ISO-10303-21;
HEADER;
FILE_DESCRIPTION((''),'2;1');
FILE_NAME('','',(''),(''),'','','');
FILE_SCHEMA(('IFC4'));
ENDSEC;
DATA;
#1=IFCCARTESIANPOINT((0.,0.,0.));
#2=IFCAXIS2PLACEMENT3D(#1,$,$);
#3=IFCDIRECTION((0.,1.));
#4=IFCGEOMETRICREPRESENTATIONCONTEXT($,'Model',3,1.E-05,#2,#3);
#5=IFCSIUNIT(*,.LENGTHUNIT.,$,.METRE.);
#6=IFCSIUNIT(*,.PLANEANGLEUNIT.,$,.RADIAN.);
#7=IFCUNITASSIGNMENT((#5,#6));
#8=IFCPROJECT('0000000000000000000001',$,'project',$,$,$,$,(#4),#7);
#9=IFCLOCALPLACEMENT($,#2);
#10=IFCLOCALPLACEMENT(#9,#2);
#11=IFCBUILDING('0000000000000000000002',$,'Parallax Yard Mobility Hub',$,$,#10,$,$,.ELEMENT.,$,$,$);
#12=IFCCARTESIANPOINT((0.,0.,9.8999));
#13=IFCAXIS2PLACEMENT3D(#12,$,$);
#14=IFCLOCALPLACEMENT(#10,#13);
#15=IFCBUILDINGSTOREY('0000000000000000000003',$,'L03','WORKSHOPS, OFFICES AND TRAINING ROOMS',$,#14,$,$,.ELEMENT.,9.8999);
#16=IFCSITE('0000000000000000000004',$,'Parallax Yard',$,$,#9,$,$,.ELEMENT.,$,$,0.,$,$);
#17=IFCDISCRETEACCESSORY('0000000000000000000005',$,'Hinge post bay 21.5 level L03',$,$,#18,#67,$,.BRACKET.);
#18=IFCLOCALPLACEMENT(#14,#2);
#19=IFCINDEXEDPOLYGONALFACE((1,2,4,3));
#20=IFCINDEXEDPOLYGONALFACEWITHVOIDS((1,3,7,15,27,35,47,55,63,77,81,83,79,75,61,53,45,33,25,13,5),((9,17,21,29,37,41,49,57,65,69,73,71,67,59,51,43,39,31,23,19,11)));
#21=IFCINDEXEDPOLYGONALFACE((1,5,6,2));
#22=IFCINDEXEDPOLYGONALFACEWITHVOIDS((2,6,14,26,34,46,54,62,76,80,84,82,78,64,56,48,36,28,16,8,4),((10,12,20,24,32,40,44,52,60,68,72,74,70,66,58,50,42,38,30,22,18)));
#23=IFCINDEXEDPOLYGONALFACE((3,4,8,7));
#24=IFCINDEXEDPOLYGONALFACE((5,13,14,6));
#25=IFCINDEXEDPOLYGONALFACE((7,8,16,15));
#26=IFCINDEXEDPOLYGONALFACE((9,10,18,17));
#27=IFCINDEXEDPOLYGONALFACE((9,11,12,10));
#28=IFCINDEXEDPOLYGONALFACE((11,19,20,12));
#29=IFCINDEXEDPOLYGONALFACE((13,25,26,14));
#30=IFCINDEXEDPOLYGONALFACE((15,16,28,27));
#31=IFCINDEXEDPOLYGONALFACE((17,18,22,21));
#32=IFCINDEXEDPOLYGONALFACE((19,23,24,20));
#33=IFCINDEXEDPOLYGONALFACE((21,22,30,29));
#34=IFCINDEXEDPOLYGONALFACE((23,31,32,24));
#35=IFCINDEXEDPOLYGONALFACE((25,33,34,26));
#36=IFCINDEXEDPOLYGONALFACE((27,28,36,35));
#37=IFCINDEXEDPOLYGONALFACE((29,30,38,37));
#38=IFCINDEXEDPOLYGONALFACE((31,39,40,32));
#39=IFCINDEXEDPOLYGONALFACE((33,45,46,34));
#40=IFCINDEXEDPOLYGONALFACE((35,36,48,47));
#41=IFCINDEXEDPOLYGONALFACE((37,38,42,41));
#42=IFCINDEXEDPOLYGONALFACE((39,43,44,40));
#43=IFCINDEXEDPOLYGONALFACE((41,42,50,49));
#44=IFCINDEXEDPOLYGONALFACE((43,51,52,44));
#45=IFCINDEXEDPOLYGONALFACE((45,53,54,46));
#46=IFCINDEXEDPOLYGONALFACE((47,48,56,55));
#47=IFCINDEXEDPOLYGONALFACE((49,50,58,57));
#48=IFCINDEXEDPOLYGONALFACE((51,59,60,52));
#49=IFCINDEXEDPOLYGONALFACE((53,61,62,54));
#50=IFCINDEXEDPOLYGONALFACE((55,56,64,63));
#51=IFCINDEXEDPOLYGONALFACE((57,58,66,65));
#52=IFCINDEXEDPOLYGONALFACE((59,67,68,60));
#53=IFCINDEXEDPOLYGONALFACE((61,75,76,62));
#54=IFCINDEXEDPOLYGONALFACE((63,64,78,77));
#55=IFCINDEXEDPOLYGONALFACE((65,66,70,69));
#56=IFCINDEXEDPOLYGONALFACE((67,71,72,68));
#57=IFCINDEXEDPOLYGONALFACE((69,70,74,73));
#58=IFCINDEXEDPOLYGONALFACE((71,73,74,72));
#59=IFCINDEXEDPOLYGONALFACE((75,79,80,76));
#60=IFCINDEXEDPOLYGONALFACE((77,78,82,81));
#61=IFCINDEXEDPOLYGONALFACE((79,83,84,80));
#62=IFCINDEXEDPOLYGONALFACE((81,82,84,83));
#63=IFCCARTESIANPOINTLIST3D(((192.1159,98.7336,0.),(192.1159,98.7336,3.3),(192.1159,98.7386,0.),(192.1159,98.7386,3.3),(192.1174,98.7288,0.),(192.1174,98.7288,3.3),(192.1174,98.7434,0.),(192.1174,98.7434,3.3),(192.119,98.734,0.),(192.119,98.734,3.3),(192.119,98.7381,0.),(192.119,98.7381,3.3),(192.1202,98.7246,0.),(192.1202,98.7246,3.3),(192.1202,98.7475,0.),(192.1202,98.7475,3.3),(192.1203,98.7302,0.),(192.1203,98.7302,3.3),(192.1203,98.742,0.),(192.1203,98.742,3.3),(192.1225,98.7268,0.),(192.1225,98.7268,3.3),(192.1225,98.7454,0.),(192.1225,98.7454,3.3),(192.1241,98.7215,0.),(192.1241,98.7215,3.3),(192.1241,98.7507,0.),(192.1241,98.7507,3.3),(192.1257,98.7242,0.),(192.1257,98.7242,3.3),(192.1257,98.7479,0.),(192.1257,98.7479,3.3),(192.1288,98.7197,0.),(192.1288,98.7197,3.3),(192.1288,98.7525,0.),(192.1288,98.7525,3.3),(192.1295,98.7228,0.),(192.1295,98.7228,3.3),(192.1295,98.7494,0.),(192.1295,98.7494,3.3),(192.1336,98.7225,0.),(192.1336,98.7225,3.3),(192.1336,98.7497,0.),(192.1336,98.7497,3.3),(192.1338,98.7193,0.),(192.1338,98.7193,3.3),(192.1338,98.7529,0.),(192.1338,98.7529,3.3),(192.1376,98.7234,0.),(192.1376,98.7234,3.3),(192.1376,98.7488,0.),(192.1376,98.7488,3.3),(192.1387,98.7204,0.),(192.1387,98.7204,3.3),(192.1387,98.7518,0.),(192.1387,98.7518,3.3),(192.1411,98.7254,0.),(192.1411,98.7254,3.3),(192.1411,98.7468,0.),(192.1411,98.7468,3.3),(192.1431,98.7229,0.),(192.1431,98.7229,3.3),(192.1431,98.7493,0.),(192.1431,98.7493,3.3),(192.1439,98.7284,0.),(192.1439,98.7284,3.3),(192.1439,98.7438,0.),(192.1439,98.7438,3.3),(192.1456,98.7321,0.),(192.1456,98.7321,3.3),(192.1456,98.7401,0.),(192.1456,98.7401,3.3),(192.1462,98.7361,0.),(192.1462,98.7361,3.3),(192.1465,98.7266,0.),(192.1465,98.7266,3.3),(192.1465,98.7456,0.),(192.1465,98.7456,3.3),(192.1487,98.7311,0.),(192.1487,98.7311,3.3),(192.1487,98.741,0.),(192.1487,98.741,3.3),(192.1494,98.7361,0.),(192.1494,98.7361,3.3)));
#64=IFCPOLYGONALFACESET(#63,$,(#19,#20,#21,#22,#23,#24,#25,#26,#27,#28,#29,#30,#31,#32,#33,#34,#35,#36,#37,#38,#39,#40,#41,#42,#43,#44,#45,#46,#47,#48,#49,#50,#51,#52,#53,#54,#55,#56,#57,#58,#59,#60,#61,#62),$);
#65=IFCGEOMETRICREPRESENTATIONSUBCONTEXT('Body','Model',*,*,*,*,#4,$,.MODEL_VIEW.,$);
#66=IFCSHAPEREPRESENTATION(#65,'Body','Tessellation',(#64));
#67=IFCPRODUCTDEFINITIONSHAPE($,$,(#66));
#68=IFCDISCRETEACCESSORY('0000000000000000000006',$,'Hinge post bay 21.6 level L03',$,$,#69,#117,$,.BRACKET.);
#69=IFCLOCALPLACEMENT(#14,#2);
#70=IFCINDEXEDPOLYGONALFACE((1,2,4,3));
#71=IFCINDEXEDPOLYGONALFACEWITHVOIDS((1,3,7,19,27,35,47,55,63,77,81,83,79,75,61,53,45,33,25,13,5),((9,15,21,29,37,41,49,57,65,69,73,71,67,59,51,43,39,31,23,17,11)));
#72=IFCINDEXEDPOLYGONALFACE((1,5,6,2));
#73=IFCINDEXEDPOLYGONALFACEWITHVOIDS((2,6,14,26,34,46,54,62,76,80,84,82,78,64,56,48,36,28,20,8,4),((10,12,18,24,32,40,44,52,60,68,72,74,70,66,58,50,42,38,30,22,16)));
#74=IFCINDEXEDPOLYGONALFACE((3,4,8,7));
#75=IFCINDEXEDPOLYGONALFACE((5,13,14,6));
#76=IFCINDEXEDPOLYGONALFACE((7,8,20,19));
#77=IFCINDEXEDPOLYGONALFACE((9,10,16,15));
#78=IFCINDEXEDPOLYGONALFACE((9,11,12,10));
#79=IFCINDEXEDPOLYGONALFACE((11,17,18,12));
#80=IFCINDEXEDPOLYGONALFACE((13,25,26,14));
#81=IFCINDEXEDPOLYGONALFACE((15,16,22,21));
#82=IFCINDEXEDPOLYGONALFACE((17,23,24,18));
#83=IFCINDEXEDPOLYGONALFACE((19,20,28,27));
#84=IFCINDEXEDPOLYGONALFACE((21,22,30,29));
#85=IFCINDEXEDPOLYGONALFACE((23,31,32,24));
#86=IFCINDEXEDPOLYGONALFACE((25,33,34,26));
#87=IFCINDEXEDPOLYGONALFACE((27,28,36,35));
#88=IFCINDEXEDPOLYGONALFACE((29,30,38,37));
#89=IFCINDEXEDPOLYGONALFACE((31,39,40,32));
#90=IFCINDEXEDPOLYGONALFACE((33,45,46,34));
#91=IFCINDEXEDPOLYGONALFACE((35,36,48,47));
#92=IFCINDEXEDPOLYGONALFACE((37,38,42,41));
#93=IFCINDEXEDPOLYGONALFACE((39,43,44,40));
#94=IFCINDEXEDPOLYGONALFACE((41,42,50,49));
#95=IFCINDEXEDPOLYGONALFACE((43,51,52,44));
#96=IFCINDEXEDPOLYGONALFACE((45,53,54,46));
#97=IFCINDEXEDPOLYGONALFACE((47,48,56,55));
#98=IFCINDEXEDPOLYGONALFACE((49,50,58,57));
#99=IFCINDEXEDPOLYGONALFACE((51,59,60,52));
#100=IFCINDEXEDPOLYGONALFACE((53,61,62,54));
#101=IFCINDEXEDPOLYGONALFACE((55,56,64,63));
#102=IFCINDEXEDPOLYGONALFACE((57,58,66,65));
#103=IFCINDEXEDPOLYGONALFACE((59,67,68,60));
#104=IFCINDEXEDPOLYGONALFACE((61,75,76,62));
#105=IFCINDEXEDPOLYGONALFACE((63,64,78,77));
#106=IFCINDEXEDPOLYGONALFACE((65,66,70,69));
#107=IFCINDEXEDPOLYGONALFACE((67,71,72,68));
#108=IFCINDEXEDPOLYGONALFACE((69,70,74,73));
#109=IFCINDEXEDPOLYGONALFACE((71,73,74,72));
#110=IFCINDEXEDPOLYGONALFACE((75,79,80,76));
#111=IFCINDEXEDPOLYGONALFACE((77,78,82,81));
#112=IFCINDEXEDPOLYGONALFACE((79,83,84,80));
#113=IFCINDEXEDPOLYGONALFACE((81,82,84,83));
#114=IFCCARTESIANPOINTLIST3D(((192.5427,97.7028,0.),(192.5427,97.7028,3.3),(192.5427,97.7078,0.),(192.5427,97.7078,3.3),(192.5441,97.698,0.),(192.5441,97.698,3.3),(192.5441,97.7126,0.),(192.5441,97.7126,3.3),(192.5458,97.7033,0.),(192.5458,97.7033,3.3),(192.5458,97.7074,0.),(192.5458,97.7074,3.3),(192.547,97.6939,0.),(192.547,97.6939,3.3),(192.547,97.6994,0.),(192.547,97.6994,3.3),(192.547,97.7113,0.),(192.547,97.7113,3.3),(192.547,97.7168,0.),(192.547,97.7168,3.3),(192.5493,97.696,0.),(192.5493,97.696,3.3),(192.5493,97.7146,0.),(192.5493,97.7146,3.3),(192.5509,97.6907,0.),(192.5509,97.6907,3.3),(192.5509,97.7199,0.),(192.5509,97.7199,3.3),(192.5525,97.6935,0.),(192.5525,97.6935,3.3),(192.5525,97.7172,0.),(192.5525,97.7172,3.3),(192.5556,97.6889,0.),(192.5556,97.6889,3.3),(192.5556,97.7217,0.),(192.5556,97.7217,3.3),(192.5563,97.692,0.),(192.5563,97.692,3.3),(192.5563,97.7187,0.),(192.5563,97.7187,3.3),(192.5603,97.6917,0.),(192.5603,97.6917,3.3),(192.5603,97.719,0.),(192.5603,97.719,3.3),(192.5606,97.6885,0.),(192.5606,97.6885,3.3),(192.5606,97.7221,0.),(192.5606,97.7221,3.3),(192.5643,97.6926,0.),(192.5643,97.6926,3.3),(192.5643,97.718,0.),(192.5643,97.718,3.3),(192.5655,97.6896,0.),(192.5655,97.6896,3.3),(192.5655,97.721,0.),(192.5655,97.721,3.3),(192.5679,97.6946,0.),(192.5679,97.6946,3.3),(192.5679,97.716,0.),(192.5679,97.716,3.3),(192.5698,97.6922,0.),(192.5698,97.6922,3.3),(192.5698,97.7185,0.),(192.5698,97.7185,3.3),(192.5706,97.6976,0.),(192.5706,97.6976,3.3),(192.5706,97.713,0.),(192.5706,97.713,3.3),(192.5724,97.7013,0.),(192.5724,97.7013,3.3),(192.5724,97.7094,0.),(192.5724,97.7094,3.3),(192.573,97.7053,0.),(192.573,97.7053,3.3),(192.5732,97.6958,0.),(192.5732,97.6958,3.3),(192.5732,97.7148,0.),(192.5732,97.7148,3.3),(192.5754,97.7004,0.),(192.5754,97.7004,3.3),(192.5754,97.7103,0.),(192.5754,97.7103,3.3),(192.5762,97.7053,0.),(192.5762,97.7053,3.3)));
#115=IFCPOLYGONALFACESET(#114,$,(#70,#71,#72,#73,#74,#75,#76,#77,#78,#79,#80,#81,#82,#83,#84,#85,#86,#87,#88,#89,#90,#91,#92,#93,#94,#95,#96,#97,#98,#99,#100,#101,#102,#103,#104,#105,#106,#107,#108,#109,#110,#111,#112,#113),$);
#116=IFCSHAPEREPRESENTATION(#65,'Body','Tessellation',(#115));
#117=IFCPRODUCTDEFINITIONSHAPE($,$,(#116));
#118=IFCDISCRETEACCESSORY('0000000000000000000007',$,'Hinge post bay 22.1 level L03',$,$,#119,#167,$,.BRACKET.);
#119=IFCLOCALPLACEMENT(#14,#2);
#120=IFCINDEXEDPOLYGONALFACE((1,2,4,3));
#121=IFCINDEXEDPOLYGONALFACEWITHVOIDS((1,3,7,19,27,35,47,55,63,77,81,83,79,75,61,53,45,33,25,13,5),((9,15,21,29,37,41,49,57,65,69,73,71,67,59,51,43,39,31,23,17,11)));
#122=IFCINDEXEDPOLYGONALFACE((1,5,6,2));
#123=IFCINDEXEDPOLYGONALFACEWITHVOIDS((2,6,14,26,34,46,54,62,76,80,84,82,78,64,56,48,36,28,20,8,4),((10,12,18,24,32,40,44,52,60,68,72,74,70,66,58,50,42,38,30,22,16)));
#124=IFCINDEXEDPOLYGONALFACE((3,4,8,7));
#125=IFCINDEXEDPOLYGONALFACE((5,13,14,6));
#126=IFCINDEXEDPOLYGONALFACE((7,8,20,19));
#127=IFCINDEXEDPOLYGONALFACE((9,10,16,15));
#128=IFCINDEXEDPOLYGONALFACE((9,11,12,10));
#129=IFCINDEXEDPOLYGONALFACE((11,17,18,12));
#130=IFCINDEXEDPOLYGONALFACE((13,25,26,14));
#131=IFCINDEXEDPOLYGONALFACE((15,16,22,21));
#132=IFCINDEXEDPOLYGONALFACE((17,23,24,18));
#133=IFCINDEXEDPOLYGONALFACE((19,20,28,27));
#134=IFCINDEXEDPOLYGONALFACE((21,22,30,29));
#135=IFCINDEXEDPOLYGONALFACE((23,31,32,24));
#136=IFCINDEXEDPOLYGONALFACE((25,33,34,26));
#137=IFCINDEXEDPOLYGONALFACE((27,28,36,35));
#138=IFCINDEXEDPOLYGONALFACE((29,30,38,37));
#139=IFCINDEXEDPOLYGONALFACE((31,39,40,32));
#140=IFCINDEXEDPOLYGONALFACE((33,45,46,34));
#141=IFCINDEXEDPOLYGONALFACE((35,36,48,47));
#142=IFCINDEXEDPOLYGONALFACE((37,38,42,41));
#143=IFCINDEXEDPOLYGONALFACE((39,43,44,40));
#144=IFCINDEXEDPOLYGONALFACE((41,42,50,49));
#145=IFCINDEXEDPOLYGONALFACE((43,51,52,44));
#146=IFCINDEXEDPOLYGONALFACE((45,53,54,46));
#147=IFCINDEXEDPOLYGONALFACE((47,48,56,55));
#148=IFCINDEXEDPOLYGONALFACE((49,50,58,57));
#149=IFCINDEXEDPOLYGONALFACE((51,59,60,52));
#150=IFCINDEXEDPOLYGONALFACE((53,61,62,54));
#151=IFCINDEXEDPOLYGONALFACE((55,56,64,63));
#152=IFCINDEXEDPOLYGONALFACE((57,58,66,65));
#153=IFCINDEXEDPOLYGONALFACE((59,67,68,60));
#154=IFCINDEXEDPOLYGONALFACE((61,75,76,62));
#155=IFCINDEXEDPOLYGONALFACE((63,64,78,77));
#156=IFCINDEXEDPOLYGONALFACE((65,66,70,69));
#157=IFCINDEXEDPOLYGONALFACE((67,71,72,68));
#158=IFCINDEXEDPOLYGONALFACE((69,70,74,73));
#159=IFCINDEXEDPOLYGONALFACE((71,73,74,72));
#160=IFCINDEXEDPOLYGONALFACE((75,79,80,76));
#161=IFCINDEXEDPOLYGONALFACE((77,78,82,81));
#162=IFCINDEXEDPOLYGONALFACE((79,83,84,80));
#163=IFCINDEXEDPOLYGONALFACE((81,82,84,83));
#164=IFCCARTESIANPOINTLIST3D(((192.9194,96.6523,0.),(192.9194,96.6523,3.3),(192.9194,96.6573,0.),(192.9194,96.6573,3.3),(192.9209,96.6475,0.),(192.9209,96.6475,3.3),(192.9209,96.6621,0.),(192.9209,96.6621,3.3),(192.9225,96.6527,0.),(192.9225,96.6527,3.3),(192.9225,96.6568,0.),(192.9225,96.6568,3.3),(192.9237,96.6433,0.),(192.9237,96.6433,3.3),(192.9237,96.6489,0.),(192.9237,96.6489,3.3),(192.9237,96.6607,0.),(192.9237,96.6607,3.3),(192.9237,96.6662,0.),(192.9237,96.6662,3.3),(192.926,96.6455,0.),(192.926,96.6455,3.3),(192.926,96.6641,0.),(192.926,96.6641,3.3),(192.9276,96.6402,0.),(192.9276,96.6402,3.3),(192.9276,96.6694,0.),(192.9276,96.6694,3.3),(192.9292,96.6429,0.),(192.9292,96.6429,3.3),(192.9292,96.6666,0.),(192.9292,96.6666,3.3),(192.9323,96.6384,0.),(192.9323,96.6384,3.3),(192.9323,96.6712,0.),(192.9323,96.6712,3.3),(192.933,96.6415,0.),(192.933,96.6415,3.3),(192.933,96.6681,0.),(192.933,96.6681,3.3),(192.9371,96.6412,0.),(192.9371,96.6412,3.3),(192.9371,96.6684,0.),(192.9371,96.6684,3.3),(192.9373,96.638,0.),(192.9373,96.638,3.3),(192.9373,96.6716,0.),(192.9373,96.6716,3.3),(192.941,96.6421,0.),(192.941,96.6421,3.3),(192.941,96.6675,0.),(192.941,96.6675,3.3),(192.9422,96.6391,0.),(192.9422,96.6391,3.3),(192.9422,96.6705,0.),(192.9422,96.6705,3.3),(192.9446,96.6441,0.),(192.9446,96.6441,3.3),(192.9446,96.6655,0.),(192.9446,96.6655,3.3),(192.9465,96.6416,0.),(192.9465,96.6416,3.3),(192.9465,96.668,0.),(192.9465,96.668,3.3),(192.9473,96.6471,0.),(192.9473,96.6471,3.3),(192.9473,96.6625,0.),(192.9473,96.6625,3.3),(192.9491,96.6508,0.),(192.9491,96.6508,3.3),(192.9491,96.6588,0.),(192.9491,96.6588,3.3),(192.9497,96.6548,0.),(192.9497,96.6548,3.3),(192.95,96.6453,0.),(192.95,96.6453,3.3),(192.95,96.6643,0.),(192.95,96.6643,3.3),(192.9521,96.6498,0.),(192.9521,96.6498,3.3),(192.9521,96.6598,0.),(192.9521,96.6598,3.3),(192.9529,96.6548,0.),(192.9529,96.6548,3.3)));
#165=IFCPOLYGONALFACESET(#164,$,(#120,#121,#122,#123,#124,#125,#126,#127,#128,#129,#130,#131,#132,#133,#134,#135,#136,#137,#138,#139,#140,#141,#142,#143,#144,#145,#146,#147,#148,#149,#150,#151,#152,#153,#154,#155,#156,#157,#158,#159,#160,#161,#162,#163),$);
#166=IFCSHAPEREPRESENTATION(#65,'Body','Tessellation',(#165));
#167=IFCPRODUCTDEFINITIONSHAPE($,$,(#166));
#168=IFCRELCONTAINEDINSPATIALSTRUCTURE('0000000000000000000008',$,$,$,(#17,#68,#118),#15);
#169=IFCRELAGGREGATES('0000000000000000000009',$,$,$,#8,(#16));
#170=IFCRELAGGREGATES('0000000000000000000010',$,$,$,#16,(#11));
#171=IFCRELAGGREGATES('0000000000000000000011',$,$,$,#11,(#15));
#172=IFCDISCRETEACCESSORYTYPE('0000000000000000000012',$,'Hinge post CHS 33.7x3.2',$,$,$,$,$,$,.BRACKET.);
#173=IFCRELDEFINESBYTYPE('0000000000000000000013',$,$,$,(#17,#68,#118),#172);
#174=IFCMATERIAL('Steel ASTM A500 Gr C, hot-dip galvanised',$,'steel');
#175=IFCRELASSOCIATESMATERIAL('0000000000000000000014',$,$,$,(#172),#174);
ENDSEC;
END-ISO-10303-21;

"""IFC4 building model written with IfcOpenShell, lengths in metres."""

from ifc_helpers import new_model, si_unit, direction, frame, origin, origin_2d, place, context, subcontext, project, spatial, hollow_circle, extrude, material, material_profile, profile_set, type_object, element, save


model = new_model("IFC4")

# Units and contexts
model_context = context("Model", 3, precision=1e-05, world=origin(), true_north=direction((0.0, 1.0)))
body_context = subcontext(model_context, "Body", "Model", "MODEL_VIEW")
ifc_project = project(units=[si_unit("LENGTHUNIT", "METRE"), si_unit("PLANEANGLEUNIT", "RADIAN")], contexts=[model_context])

# Site, building, storey
site_placement = place(None, origin())
site = spatial("IfcSite", under=ifc_project, at=site_placement, Name="Parallax Yard", CompositionType="ELEMENT", RefElevation=0.0)
building_placement = place(site_placement, origin())
building = spatial("IfcBuilding", under=site, at=building_placement, Name="Parallax Yard Mobility Hub", CompositionType="ELEMENT")
storey_placement = place(building_placement, frame((0.0, 0.0, 9.8999)))
storey = spatial("IfcBuildingStorey", under=building, at=storey_placement, Name="L03", Description="WORKSHOPS, OFFICES AND TRAINING ROOMS", CompositionType="ELEMENT", Elevation=9.8999)

# Discrete accessories
ifc_material_1 = material(Name="Steel ASTM A500 Gr C, hot-dip galvanised", Category="steel")
ifc_material_profile_1 = material_profile(ifc_material_1, hollow_circle(Radius=0.0168, WallThickness=0.0032, at=origin_2d()), Name="CHS 33.7x3.2")
ifc_profile_set_1 = profile_set([ifc_material_profile_1], Name="Steel ASTM A500 Gr C, hot-dip galvanised")
discrete_accessory_type_1 = type_object("IfcDiscreteAccessoryType", Name="Hinge post CHS 33.7x3.2", PredefinedType="BRACKET", material=ifc_profile_set_1)
for number, where, z_axis, x_axis, name in (
    (1, (192.1326, 98.7361, 0.0), (0.0, 0.0, 1.0), (1.0, 0.0, 0.0), "Hinge post bay 21.5 level L03"),
    (2, (192.5593, 97.7053, 0.0), (0.0, 0.0, 1.0), (1.0, 0.0, 0.0), "Hinge post bay 21.6 level L03"),
    (3, (192.936, 96.6548, 0.0), (0.0, 0.0, 1.0), (1.0, 0.0, 0.0), "Hinge post bay 22.1 level L03"),
):
    element("IfcDiscreteAccessory", number, at=place(storey_placement, frame(where, z_axis=z_axis, x_axis=x_axis)), inside=storey, type_object=discrete_accessory_type_1, Name=name, PredefinedType="BRACKET", context=body_context, shape_type="SweptSolid", body=[
        extrude(hollow_circle(Radius=0.0168, WallThickness=0.0032, at=origin_2d()), origin(), (0.0, 0.0, 1.0), 3.3),
    ])

save(model, "model.ifc")
